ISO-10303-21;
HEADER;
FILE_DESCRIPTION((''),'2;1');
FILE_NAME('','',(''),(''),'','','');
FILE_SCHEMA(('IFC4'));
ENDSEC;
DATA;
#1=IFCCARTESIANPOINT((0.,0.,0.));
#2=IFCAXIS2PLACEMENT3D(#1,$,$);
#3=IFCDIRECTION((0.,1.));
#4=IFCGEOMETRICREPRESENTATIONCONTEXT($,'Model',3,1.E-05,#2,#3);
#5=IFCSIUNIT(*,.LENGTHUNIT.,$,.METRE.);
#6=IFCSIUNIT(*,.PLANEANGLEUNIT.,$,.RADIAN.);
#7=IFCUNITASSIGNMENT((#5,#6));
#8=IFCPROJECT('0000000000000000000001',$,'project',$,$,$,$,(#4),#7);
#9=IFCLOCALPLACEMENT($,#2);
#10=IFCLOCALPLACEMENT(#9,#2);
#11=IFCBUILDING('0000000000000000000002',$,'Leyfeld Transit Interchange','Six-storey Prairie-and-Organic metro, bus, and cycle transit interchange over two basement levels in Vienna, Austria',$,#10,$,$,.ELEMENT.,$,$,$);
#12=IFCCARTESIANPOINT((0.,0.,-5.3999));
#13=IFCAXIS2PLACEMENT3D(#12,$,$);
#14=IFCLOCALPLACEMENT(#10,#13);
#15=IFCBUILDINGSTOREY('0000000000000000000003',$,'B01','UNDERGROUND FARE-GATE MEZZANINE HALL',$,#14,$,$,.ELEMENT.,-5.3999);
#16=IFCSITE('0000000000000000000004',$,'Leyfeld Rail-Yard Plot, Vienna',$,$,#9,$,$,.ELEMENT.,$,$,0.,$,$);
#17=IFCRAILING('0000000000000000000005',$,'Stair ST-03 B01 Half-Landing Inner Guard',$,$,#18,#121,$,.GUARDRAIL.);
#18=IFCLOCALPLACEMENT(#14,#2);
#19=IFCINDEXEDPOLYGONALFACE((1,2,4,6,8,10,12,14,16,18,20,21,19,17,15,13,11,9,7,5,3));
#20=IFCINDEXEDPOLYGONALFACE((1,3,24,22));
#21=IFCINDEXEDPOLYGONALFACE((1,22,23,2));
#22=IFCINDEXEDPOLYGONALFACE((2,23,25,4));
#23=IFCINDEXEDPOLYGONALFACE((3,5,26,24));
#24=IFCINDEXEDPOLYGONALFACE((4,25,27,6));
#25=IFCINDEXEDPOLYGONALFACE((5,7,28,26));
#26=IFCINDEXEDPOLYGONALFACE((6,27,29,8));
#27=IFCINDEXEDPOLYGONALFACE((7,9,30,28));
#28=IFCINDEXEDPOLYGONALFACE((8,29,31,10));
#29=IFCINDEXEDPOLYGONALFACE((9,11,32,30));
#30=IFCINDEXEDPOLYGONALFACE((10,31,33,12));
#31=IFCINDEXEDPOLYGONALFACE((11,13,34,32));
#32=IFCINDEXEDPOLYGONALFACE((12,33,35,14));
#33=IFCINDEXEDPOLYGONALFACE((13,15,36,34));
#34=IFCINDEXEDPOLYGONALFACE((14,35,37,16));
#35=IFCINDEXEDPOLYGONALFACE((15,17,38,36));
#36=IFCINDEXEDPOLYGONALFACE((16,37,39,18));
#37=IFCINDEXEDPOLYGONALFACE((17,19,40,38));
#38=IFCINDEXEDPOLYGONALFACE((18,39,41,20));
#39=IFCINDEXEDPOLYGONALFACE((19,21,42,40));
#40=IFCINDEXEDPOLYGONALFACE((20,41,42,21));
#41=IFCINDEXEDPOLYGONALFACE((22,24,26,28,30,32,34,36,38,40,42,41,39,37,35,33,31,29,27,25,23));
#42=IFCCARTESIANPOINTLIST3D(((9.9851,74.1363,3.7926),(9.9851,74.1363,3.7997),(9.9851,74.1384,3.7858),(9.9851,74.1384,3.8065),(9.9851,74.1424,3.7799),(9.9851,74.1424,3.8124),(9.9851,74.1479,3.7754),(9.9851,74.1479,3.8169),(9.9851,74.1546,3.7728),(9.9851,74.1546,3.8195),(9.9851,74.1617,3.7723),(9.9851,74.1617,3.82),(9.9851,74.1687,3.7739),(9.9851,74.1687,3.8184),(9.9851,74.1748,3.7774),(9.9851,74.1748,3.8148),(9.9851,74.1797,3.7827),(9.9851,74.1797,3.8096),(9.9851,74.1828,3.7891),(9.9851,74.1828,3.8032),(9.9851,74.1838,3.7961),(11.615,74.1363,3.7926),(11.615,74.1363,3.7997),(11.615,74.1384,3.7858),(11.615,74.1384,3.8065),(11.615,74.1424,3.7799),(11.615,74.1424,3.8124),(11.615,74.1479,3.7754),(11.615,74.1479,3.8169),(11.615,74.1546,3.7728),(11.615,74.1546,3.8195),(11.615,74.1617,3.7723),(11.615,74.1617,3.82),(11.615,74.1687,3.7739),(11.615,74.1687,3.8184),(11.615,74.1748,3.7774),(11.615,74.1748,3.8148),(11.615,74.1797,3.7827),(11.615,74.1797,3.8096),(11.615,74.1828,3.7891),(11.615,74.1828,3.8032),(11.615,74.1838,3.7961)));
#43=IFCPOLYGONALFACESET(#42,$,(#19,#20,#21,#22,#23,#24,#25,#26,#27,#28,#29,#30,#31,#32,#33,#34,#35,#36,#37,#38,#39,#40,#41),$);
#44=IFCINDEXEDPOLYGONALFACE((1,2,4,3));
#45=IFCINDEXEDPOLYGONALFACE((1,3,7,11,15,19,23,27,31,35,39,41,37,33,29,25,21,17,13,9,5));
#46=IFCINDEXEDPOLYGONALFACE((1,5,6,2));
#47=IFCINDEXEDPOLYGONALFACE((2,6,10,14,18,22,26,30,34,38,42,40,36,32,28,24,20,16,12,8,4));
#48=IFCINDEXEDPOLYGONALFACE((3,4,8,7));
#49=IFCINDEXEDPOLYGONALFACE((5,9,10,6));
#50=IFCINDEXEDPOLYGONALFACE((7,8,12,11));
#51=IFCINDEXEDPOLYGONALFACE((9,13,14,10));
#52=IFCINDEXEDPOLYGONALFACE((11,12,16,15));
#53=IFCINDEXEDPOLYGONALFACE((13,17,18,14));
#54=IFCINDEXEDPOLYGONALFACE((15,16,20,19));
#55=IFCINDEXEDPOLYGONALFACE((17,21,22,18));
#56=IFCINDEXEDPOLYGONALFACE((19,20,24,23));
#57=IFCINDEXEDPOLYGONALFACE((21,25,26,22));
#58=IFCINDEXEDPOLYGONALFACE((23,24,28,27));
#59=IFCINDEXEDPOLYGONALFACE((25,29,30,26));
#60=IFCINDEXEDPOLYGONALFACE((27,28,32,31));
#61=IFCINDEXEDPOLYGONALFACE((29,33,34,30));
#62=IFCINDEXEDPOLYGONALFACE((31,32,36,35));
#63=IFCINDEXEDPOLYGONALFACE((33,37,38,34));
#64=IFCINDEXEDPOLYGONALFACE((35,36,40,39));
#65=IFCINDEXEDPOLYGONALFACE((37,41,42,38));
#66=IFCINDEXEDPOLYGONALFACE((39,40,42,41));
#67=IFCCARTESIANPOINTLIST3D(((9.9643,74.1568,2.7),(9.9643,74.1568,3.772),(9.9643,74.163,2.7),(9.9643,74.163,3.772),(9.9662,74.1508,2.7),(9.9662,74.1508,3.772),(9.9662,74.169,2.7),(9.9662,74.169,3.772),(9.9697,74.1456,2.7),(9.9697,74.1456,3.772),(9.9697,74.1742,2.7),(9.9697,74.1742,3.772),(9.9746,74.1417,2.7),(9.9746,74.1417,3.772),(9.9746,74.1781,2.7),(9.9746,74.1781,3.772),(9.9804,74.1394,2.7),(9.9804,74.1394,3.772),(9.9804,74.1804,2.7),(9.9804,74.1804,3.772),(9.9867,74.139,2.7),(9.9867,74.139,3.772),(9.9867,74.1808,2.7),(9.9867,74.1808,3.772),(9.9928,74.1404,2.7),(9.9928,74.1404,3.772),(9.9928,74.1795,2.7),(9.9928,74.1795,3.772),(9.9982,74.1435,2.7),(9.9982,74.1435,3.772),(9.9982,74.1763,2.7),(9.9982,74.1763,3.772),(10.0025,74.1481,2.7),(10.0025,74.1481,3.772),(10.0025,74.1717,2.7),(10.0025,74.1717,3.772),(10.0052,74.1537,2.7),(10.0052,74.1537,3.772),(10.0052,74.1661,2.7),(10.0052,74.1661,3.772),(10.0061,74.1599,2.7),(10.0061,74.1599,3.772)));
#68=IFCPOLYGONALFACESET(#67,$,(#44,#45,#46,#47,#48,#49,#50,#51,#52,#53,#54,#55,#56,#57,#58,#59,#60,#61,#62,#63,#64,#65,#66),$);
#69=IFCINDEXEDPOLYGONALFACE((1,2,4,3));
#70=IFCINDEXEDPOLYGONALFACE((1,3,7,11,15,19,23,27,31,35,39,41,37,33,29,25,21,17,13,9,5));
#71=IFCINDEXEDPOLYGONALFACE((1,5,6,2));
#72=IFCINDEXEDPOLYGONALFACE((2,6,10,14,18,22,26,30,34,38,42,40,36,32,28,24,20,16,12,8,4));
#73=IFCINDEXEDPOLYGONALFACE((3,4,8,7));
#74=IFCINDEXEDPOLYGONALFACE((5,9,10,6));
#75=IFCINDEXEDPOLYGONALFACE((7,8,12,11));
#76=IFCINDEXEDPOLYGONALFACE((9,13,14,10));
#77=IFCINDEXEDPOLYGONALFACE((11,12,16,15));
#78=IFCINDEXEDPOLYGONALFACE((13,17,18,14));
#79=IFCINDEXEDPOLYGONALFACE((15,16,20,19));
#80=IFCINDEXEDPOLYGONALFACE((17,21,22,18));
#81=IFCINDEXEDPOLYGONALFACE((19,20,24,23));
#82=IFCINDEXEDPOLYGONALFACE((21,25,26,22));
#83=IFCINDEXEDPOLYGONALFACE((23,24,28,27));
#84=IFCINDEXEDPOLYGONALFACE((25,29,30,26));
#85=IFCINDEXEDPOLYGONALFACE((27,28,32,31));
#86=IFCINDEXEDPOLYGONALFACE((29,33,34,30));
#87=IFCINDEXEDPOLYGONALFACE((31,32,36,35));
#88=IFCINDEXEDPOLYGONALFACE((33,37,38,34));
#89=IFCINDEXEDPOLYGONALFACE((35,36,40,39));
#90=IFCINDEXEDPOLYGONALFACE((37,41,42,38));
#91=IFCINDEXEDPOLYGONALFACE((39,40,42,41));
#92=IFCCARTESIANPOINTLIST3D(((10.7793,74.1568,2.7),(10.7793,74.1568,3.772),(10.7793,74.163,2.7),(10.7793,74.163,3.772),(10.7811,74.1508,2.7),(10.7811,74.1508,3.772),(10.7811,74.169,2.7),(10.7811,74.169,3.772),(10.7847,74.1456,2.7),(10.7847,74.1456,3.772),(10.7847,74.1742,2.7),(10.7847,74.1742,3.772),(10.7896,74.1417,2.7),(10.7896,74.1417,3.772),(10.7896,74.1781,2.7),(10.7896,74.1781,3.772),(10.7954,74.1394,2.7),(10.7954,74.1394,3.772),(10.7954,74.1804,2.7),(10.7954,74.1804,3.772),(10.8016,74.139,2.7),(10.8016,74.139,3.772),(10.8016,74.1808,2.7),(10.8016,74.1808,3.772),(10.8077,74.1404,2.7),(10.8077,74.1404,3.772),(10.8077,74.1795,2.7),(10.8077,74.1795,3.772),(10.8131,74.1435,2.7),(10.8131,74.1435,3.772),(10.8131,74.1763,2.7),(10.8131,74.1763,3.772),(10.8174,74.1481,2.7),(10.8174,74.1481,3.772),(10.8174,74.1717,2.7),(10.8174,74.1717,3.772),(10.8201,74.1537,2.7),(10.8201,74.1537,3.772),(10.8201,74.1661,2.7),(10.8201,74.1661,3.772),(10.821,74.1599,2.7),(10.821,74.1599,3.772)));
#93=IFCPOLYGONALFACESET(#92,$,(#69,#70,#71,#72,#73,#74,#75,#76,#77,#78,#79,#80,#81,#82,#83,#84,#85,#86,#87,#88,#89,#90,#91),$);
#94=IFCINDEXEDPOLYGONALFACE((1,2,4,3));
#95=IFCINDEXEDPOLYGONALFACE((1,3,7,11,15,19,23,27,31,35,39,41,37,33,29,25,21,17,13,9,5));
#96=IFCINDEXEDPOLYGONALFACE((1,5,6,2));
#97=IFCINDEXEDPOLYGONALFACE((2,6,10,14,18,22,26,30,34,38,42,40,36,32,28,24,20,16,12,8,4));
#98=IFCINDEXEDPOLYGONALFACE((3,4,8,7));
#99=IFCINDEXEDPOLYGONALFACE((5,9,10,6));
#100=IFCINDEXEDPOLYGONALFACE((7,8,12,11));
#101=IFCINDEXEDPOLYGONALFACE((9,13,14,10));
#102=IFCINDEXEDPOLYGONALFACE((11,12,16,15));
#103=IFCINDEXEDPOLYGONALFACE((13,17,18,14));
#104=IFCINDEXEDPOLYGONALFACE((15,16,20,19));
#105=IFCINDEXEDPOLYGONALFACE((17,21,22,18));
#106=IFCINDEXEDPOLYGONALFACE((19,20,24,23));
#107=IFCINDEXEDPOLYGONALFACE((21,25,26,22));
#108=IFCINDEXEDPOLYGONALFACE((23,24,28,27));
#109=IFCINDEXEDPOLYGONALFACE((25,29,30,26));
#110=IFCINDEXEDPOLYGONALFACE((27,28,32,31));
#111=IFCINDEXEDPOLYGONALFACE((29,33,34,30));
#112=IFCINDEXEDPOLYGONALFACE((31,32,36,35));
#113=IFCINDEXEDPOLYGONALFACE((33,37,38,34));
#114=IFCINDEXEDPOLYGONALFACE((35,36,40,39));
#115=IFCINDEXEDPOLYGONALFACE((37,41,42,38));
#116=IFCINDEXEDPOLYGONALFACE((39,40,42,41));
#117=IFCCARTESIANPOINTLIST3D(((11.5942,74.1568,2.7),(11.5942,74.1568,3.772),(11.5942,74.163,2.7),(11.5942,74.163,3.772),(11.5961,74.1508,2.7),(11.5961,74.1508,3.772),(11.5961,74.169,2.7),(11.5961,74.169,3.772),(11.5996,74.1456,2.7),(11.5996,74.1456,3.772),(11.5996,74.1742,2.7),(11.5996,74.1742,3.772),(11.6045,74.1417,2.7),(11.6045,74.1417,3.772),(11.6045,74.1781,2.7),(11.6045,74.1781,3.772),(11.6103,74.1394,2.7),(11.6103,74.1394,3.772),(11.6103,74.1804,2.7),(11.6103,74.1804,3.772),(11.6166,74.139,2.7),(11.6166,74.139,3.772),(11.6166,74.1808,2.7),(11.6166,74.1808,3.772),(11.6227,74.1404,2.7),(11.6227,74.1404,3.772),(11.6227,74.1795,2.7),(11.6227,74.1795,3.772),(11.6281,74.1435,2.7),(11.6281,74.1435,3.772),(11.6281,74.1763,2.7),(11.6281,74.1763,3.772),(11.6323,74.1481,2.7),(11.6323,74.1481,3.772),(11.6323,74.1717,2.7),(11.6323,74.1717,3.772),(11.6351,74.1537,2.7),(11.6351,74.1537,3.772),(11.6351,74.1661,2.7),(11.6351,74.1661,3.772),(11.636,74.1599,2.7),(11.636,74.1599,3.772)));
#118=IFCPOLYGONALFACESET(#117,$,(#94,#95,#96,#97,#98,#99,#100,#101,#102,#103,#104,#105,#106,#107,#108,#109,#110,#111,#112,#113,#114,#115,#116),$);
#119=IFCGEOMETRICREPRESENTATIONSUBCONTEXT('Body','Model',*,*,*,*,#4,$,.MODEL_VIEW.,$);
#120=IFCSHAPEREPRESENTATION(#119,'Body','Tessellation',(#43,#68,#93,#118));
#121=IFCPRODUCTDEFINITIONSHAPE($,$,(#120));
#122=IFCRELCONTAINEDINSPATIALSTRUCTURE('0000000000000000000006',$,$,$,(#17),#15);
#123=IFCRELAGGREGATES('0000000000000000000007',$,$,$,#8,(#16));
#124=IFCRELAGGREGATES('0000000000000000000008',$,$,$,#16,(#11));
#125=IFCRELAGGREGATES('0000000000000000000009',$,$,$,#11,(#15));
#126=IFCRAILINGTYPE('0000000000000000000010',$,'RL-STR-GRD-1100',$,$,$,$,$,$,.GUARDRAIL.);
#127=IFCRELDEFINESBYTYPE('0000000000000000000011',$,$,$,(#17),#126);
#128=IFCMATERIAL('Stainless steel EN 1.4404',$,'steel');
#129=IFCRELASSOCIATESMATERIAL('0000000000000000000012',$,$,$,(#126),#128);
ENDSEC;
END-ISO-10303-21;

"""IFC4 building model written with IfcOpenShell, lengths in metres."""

from ifc_helpers import new_model, si_unit, direction, frame, origin, origin_2d, place, context, subcontext, project, spatial, circle, extrude, material, type_object, element, save


model = new_model("IFC4")

# Units and contexts
model_context = context("Model", 3, precision=1e-05, world=origin(), true_north=direction((0.0, 1.0)))
body_context = subcontext(model_context, "Body", "Model", "MODEL_VIEW")
ifc_project = project(units=[si_unit("LENGTHUNIT", "METRE"), si_unit("PLANEANGLEUNIT", "RADIAN")], contexts=[model_context])

# Site, building, storey
site_placement = place(None, origin())
site = spatial("IfcSite", under=ifc_project, at=site_placement, Name="Leyfeld Rail-Yard Plot, Vienna", CompositionType="ELEMENT", RefElevation=0.0)
building_placement = place(site_placement, origin())
building = spatial("IfcBuilding", under=site, at=building_placement, Name="Leyfeld Transit Interchange", Description="Six-storey Prairie-and-Organic metro, bus, and cycle transit interchange over two basement levels in Vienna, Austria", CompositionType="ELEMENT")
storey_placement = place(building_placement, frame((0.0, 0.0, -5.3999)))
storey = spatial("IfcBuildingStorey", under=building, at=storey_placement, Name="B01", Description="UNDERGROUND FARE-GATE MEZZANINE HALL", CompositionType="ELEMENT", Elevation=-5.3999)

# Railing
ifc_material_1 = material(Name="Stainless steel EN 1.4404", Category="steel")
railing_type_1 = type_object("IfcRailingType", Name="RL-STR-GRD-1100", PredefinedType="GUARDRAIL", material=ifc_material_1)
railing_1_placement = place(storey_placement, frame((9.9851, 74.1599, 2.7)))
element("IfcRailing", 1, at=railing_1_placement, inside=storey, type_object=railing_type_1, Name="Stair ST-03 B01 Half-Landing Inner Guard", PredefinedType="GUARDRAIL", context=body_context, shape_type="SweptSolid", body=[
    extrude(circle(Radius=0.0239, at=origin_2d()), frame((0.0, 0.0, 1.0962), z_axis=(1.0, 0.0, 0.0), x_axis=(0.0, 1.0, 0.0)), (0.0, 0.0, 1.0), 1.6299),
    extrude(circle(Radius=0.021, at=origin_2d()), origin(), (0.0, 0.0, 1.0), 1.072),
    extrude(circle(Radius=0.021, at=origin_2d()), frame((0.8149, 0.0, 0.0)), (0.0, 0.0, 1.0), 1.072),
    extrude(circle(Radius=0.021, at=origin_2d()), frame((1.6299, 0.0, 0.0)), (0.0, 0.0, 1.0), 1.072),
])

save(model, "model.ifc")
